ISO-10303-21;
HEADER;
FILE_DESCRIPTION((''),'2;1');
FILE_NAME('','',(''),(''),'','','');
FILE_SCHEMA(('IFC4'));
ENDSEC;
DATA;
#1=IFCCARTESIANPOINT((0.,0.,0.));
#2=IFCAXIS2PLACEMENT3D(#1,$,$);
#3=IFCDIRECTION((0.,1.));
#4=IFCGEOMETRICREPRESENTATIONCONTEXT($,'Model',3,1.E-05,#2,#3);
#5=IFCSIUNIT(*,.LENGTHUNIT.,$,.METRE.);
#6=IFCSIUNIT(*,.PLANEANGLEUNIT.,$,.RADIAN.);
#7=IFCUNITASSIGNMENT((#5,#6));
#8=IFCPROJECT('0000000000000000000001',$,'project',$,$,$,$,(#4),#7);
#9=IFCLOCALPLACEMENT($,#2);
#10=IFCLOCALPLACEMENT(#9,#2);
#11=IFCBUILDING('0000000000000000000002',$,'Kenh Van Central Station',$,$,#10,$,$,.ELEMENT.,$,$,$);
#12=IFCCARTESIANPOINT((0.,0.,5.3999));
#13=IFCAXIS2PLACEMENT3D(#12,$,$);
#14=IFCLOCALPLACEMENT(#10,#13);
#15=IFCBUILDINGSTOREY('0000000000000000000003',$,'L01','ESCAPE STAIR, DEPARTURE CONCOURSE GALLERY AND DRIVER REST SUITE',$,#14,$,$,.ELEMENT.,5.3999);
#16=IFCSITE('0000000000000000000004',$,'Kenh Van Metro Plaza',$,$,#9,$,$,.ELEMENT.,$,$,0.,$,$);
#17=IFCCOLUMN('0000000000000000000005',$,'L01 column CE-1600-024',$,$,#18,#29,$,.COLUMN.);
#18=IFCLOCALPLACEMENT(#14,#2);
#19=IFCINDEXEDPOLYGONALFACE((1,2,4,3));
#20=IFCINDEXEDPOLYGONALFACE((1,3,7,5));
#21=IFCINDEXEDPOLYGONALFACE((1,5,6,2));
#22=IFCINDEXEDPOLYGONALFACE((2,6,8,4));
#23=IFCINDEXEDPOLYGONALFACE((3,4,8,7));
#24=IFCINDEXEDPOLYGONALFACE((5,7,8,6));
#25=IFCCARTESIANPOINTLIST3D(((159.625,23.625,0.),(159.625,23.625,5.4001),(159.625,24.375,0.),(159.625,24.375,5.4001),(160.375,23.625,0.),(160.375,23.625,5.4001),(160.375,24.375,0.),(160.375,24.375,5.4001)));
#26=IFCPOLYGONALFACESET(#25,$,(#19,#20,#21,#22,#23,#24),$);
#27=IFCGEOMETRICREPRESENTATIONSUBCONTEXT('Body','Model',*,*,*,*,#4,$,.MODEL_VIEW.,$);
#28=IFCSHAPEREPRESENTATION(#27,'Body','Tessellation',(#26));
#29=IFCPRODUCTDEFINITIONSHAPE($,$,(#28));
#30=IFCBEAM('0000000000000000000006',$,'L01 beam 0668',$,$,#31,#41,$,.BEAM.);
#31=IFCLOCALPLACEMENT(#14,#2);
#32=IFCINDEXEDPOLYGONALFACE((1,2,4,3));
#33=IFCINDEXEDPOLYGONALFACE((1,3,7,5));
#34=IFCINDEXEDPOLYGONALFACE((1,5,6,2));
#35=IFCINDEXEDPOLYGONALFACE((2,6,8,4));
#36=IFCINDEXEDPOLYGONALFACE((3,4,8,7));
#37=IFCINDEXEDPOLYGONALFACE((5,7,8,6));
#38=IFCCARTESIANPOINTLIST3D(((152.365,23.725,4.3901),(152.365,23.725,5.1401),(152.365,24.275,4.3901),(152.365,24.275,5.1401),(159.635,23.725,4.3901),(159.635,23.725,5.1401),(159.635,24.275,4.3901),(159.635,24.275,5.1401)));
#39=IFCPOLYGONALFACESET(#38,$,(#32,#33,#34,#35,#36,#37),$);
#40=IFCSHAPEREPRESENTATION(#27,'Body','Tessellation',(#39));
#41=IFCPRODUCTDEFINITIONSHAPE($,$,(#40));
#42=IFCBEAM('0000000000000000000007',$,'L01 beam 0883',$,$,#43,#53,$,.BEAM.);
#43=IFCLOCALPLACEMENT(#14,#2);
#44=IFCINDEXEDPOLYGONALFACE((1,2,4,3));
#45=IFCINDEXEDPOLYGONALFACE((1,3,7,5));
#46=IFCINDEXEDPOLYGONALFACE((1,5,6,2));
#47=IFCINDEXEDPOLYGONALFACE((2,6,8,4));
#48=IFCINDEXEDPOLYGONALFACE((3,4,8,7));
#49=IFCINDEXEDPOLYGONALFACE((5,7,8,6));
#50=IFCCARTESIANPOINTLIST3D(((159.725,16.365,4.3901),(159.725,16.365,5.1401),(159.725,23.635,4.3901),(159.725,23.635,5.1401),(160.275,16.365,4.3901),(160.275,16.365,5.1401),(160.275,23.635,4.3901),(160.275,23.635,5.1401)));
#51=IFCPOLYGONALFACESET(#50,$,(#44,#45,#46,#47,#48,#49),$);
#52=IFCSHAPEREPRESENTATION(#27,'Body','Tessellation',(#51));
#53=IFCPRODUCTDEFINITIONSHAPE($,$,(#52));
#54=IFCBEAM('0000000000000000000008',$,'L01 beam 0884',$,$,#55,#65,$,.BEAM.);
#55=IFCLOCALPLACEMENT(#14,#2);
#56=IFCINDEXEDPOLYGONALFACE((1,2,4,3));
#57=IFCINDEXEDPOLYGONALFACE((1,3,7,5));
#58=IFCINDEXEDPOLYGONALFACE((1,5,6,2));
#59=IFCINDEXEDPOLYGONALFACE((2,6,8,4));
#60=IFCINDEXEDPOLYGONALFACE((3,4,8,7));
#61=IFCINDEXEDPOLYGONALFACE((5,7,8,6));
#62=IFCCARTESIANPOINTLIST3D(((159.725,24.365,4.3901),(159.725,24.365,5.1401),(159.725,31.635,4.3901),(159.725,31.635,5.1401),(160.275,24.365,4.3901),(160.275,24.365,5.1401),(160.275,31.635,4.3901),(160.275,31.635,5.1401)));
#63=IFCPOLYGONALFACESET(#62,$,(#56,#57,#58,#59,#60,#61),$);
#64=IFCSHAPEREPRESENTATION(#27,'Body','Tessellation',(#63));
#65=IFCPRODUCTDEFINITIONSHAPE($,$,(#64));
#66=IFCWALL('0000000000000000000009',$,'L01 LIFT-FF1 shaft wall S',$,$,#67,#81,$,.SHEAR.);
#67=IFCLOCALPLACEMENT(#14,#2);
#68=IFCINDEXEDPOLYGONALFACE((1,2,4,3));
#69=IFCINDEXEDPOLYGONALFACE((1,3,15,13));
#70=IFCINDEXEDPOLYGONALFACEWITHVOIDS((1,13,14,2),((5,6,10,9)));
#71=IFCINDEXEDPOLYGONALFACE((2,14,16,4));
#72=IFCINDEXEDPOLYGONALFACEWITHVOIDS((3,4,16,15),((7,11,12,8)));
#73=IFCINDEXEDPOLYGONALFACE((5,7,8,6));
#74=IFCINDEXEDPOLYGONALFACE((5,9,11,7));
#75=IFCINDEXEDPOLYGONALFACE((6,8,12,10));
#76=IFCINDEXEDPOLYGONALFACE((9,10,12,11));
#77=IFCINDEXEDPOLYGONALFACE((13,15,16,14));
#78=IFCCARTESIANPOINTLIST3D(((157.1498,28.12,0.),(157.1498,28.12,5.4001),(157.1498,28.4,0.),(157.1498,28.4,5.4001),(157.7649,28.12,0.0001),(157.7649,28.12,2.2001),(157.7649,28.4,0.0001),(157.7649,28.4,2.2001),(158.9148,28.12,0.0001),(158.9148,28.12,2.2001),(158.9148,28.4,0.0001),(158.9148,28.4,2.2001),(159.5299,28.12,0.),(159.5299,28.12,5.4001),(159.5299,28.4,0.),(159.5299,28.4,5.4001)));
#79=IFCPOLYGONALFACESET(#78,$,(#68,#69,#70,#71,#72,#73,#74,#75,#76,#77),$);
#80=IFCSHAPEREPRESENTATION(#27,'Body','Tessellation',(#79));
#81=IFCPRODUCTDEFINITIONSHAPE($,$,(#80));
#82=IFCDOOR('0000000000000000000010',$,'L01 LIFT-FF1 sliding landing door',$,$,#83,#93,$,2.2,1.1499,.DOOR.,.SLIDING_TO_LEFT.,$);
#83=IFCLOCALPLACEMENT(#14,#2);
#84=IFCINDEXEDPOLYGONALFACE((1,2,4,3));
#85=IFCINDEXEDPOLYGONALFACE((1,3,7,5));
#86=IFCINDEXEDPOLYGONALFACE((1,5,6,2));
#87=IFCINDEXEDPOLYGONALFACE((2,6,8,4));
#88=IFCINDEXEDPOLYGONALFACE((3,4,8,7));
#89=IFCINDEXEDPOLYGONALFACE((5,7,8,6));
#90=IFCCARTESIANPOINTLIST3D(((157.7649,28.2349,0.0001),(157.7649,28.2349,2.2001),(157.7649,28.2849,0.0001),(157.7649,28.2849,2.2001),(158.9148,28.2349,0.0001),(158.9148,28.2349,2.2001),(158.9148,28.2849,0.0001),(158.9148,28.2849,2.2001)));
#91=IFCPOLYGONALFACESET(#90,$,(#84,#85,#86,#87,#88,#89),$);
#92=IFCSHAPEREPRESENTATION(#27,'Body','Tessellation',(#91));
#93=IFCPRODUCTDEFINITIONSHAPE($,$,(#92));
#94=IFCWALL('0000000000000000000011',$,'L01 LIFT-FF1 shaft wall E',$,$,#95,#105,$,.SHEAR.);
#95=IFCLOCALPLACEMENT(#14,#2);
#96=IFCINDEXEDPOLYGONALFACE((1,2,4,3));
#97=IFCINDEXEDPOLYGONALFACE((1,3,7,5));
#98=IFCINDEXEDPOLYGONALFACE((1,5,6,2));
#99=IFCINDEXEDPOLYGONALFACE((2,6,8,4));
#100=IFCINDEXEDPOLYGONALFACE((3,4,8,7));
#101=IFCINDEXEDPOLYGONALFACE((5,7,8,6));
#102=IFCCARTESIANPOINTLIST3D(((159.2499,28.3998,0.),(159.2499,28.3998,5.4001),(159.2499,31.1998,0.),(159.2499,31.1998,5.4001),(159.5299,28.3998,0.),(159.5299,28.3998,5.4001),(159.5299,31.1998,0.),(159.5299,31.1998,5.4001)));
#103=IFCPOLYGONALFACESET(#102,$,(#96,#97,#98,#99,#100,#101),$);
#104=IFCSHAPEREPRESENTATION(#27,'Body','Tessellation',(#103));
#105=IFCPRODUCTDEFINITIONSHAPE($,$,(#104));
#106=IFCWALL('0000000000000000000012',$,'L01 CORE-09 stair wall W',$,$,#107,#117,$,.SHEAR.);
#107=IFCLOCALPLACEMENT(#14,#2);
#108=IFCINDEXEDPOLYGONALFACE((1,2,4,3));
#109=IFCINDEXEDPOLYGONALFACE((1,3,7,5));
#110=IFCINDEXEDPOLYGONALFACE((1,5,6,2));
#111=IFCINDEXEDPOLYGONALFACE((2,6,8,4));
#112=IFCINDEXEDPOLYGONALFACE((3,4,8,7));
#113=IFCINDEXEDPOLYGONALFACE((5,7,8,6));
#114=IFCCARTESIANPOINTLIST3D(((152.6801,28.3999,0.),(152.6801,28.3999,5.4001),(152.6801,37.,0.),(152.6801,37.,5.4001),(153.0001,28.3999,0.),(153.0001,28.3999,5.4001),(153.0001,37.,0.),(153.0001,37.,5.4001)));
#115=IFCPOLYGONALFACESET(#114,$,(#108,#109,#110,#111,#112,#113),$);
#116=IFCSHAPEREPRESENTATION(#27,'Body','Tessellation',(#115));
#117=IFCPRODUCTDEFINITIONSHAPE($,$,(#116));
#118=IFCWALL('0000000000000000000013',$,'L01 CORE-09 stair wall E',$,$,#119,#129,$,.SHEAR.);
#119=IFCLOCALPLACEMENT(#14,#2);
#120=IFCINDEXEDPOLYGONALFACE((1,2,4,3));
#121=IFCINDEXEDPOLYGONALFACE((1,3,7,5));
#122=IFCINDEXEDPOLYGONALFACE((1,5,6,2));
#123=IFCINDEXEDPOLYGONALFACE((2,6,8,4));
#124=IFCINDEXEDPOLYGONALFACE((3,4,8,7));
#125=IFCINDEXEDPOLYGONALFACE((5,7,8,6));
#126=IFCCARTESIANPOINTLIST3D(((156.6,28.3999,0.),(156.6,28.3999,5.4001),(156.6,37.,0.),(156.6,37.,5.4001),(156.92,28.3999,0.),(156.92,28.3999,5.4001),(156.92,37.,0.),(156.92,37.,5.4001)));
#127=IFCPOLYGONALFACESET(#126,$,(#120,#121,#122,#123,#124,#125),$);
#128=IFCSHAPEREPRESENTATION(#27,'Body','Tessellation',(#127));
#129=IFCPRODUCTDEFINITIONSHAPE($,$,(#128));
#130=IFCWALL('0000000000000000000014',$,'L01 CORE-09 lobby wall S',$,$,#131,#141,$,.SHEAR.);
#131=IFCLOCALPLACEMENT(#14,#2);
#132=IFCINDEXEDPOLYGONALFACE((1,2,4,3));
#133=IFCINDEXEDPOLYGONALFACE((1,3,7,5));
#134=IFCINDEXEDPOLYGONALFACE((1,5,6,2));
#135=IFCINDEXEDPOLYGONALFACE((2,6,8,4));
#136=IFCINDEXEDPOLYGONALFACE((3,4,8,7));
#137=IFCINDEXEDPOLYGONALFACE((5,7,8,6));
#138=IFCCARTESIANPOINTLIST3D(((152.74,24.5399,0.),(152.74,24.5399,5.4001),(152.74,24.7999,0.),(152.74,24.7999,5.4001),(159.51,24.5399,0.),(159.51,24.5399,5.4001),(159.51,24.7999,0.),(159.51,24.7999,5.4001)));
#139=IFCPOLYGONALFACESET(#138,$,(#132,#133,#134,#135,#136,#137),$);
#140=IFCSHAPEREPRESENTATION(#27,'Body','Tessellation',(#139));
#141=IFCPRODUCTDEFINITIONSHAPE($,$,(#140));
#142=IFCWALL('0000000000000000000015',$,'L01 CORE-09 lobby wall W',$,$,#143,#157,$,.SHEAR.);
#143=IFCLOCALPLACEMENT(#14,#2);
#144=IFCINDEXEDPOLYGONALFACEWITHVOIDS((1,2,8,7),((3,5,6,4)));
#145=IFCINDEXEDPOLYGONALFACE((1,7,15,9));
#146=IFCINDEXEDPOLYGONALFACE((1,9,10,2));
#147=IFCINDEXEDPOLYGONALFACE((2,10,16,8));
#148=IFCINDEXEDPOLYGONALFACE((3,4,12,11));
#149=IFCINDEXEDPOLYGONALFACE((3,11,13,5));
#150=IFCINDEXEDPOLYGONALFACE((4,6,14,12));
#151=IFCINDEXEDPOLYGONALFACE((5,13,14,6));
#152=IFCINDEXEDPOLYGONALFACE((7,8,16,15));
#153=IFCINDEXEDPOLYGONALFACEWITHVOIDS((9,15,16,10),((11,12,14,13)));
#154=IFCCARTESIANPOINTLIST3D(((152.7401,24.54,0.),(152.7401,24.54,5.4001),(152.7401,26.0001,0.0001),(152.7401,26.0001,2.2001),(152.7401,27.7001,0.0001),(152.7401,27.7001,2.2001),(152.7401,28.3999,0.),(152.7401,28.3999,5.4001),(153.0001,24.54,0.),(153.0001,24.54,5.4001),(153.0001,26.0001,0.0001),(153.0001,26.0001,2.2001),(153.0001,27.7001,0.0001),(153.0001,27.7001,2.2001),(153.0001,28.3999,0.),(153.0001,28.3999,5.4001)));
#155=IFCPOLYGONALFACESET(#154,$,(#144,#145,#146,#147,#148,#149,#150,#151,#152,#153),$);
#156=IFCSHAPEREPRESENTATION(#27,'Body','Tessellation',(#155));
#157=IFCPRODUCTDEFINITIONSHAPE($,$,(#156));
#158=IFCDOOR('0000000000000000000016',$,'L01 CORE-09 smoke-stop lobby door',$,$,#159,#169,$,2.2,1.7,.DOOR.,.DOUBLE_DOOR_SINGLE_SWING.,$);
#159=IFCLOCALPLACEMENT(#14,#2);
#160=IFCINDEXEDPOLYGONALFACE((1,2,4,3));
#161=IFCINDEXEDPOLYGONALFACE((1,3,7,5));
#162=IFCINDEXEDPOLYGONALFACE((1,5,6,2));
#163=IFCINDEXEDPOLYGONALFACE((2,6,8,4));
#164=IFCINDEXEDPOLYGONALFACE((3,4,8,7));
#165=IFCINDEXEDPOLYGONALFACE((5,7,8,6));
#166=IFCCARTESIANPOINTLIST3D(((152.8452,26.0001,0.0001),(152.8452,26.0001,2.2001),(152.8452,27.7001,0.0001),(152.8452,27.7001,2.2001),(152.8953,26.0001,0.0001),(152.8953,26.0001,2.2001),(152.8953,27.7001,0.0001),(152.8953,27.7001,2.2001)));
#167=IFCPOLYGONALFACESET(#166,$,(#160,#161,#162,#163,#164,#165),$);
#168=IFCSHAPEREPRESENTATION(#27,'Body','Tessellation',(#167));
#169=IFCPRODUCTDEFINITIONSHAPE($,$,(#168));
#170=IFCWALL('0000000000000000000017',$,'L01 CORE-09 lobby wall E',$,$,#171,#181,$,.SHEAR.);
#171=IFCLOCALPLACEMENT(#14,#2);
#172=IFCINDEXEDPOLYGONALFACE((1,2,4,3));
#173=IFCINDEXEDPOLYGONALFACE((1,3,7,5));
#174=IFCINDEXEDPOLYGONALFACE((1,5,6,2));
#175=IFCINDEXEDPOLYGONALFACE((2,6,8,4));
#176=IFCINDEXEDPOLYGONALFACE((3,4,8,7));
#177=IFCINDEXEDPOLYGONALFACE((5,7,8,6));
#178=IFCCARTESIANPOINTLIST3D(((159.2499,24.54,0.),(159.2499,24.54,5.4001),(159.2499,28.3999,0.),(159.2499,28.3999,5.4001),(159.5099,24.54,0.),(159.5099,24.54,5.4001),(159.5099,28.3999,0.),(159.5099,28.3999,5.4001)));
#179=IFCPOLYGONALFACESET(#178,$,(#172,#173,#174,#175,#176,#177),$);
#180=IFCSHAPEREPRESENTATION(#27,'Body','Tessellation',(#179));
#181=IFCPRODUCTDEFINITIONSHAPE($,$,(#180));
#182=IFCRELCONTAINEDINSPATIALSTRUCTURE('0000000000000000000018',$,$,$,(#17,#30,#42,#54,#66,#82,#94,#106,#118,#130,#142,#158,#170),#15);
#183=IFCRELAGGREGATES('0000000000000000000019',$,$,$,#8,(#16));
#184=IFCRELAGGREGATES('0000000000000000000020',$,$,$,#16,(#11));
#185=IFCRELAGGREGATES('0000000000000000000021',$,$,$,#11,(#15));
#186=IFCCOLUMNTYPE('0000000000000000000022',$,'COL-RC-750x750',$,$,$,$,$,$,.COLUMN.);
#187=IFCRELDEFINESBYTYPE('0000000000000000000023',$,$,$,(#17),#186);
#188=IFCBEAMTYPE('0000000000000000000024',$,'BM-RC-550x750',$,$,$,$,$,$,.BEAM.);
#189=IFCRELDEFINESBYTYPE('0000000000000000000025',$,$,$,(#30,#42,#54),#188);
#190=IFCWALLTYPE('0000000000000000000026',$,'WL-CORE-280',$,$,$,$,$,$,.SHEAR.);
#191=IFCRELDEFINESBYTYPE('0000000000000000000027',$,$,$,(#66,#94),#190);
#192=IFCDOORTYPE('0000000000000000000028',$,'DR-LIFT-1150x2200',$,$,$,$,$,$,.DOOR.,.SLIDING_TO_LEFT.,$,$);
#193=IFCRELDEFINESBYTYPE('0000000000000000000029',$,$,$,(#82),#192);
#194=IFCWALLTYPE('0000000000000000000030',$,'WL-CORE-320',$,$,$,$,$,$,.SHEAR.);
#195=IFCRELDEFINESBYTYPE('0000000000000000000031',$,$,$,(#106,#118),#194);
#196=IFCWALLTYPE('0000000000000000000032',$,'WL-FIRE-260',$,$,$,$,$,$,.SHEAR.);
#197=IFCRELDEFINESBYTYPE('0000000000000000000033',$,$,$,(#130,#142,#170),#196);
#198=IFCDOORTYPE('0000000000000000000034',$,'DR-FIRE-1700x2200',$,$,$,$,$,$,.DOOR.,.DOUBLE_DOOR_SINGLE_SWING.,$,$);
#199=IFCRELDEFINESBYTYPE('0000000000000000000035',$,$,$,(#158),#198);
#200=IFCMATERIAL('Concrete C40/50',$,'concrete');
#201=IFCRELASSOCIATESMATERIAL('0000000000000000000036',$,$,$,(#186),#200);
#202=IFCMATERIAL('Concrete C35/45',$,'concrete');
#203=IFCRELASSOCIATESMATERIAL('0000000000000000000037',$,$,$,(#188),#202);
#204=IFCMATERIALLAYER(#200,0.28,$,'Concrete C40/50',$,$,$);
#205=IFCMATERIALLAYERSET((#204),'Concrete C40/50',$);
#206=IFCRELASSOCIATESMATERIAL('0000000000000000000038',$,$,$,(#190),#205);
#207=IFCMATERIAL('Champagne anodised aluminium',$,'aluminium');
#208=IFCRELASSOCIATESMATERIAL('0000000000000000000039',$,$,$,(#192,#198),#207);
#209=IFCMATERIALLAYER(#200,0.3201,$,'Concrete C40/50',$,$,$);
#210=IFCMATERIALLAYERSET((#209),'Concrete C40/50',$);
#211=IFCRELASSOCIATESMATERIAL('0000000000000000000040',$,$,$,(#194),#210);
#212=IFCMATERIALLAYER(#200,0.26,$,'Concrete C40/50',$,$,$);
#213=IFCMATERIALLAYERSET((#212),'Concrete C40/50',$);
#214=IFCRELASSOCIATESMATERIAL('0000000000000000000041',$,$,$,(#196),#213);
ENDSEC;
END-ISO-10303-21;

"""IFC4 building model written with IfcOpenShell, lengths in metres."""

from ifc_helpers import new_model, si_unit, direction, frame, frame_2d, origin, origin_2d, place, context, subcontext, project, spatial, rectangle, extrude, material, layer, layer_set, material_profile, profile_set, type_object, element, fill, save


model = new_model("IFC4")

# Units and contexts
model_context = context("Model", 3, precision=1e-05, world=origin(), true_north=direction((0.0, 1.0)))
body_context = subcontext(model_context, "Body", "Model", "MODEL_VIEW")
ifc_project = project(units=[si_unit("LENGTHUNIT", "METRE"), si_unit("PLANEANGLEUNIT", "RADIAN")], contexts=[model_context])

# Site, building, storey
site_placement = place(None, origin())
site = spatial("IfcSite", under=ifc_project, at=site_placement, Name="Kenh Van Metro Plaza", CompositionType="ELEMENT", RefElevation=0.0)
building_placement = place(site_placement, origin())
building = spatial("IfcBuilding", under=site, at=building_placement, Name="Kenh Van Central Station", CompositionType="ELEMENT")
storey_placement = place(building_placement, frame((0.0, 0.0, 5.3999)))
storey = spatial("IfcBuildingStorey", under=building, at=storey_placement, Name="L01", Description="ESCAPE STAIR, DEPARTURE CONCOURSE GALLERY AND DRIVER REST SUITE", CompositionType="ELEMENT", Elevation=5.3999)

# Column
ifc_material_1 = material(Name="Concrete C40/50", Category="concrete")
ifc_material_profile_1 = material_profile(ifc_material_1, rectangle(XDim=0.75, YDim=0.75, at=origin_2d()), Name="RC 750x750")
ifc_profile_set_1 = profile_set([ifc_material_profile_1], Name="Concrete C40/50")
column_type = type_object("IfcColumnType", Name="COL-RC-750x750", PredefinedType="COLUMN", material=ifc_profile_set_1)
column_placement = place(storey_placement, frame((160.0, 24.0, 0.0), z_axis=(0.0, 0.0, 1.0), x_axis=(1.0, 0.0, 0.0)))
element("IfcColumn", 1, at=column_placement, inside=storey, type_object=column_type, Name="L01 column CE-1600-024", PredefinedType="COLUMN", context=body_context, shape_type="SweptSolid", body=[
    extrude(rectangle(XDim=0.75, YDim=0.75, at=origin_2d()), origin(), (0.0, 0.0, 1.0), 5.4001),
])

# Beams
ifc_material_2 = material(Name="Concrete C35/45", Category="concrete")
ifc_material_profile_2 = material_profile(ifc_material_2, rectangle(XDim=0.55, YDim=0.75, at=origin_2d()), Name="RC 550x750")
ifc_profile_set_2 = profile_set([ifc_material_profile_2], Name="Concrete C35/45")
beam_type = type_object("IfcBeamType", Name="BM-RC-550x750", PredefinedType="BEAM", material=ifc_profile_set_2)
for number, where, z_axis, x_axis, name in (
    (2, (152.365, 24.0, 4.7651), (1.0, 0.0, 0.0), (0.0, 1.0, 0.0), "L01 beam 0668"),
    (3, (160.0, 16.365, 4.7651), (0.0, 1.0, 0.0), (-1.0, 0.0, 0.0), "L01 beam 0883"),
    (4, (160.0, 24.365, 4.7651), (0.0, 1.0, 0.0), (-1.0, 0.0, 0.0), "L01 beam 0884"),
):
    element("IfcBeam", number, at=place(storey_placement, frame(where, z_axis=z_axis, x_axis=x_axis)), inside=storey, type_object=beam_type, Name=name, PredefinedType="BEAM", context=body_context, shape_type="SweptSolid", body=[
        extrude(rectangle(XDim=0.55, YDim=0.75, at=origin_2d()), origin(), (0.0, 0.0, 1.0), 7.27),
    ])

# Wall, opening, door
ifc_layer_1 = layer(ifc_material_1, 0.28, Name="Concrete C40/50")
ifc_layer_set_1 = layer_set([ifc_layer_1], Name="Concrete C40/50")
wall_type_1 = type_object("IfcWallType", Name="WL-CORE-280", PredefinedType="SHEAR", material=ifc_layer_set_1)
wall_1_placement = place(storey_placement, frame((157.1499, 28.26, 0.0), z_axis=(0.0, 0.0, 1.0), x_axis=(1.0, 0.0, 0.0)))
wall_1 = element("IfcWall", 5, at=wall_1_placement, inside=storey, type_object=wall_type_1, Name="L01 LIFT-FF1 shaft wall S", PredefinedType="SHEAR", context=body_context, shape_type="SweptSolid", body=[
    extrude(rectangle(XDim=2.3801, YDim=0.28, at=frame_2d((1.1899, 0.0))), origin(), (0.0, 0.0, 1.0), 5.4001),
])
opening_1_placement = place(wall_1_placement, frame((0.615, 0.0, 0.0)))
opening_1 = element("IfcOpeningElement", 6, at=opening_1_placement, cuts=wall_1, PredefinedType="OPENING", context=body_context, shape_type="SweptSolid", body=[
    extrude(rectangle(XDim=1.1499, YDim=2.2, at=frame_2d((0.575, 1.1001))), frame((0.0, 0.1499, 0.0), z_axis=(0.0, -1.0, 0.0), x_axis=(1.0, 0.0, 0.0)), (0.0, 0.0, 1.0), 0.3),
])
ifc_material_3 = material(Name="Champagne anodised aluminium", Category="aluminium")
door_type_1 = type_object("IfcDoorType", Name="DR-LIFT-1150x2200", OperationType="SLIDING_TO_LEFT", PredefinedType="DOOR", material=ifc_material_3)
door_1_placement = place(opening_1_placement, origin())
door_1 = element("IfcDoor", 7, at=door_1_placement, inside=storey, type_object=door_type_1, Name="L01 LIFT-FF1 sliding landing door", OperationType="SLIDING_TO_LEFT", OverallHeight=2.2, OverallWidth=1.1499, PredefinedType="DOOR", context=body_context, shape_type="SweptSolid", body=[
    extrude(rectangle(XDim=1.1499, YDim=2.2, at=frame_2d((0.575, 1.1001))), frame((0.0, 0.0249, 0.0), z_axis=(0.0, -1.0, 0.0), x_axis=(1.0, 0.0, 0.0)), (0.0, 0.0, 1.0), 0.05),
])
fill(opening_1, door_1)

# Wall
wall_2_placement = place(storey_placement, frame((159.3899, 28.3999, 0.0), z_axis=(0.0, 0.0, 1.0), x_axis=(0.0, 1.0, 0.0)))
element("IfcWall", 8, at=wall_2_placement, inside=storey, type_object=wall_type_1, Name="L01 LIFT-FF1 shaft wall E", PredefinedType="SHEAR", context=body_context, shape_type="SweptSolid", body=[
    extrude(rectangle(XDim=2.8, YDim=0.28, at=frame_2d((1.3999, 0.0))), origin(), (0.0, 0.0, 1.0), 5.4001),
])

# Shared definitions
ifc_layer_2 = layer(ifc_material_1, 0.3201, Name="Concrete C40/50")
ifc_layer_set_2 = layer_set([ifc_layer_2], Name="Concrete C40/50")
wall_type_2 = type_object("IfcWallType", Name="WL-CORE-320", PredefinedType="SHEAR", material=ifc_layer_set_2)

# Walls
for number, where, z_axis, x_axis, name in (
    (9, (152.8401, 28.3999, 0.0), (0.0, 0.0, 1.0), (0.0, 1.0, 0.0), "L01 CORE-09 stair wall W"),
    (10, (156.76, 28.3999, 0.0), (0.0, 0.0, 1.0), (0.0, 1.0, 0.0), "L01 CORE-09 stair wall E"),
):
    element("IfcWall", number, at=place(storey_placement, frame(where, z_axis=z_axis, x_axis=x_axis)), inside=storey, type_object=wall_type_2, Name=name, PredefinedType="SHEAR", context=body_context, shape_type="SweptSolid", body=[
        extrude(rectangle(XDim=8.6001, YDim=0.3201, at=frame_2d((4.3, 0.0))), origin(), (0.0, 0.0, 1.0), 5.4001),
    ])
ifc_layer_3 = layer(ifc_material_1, 0.26, Name="Concrete C40/50")
ifc_layer_set_3 = layer_set([ifc_layer_3], Name="Concrete C40/50")
wall_type_3 = type_object("IfcWallType", Name="WL-FIRE-260", PredefinedType="SHEAR", material=ifc_layer_set_3)
wall_3_placement = place(storey_placement, frame((159.51, 24.6699, 0.0), z_axis=(0.0, 0.0, 1.0), x_axis=(-1.0, 0.0, 0.0)))
element("IfcWall", 11, at=wall_3_placement, inside=storey, type_object=wall_type_3, Name="L01 CORE-09 lobby wall S", PredefinedType="SHEAR", context=body_context, shape_type="SweptSolid", body=[
    extrude(rectangle(XDim=6.77, YDim=0.26, at=frame_2d((3.385, 0.0))), origin(), (0.0, 0.0, 1.0), 5.4001),
])

# Wall, opening, door
wall_4_placement = place(storey_placement, frame((152.8701, 24.54, 0.0), z_axis=(0.0, 0.0, 1.0), x_axis=(0.0, 1.0, 0.0)))
wall_4 = element("IfcWall", 12, at=wall_4_placement, inside=storey, type_object=wall_type_3, Name="L01 CORE-09 lobby wall W", PredefinedType="SHEAR", context=body_context, shape_type="SweptSolid", body=[
    extrude(rectangle(XDim=3.8599, YDim=0.26, at=frame_2d((1.9299, 0.0))), origin(), (0.0, 0.0, 1.0), 5.4001),
])
opening_2_placement = place(wall_4_placement, frame((1.46, 0.0, 0.0)))
opening_2 = element("IfcOpeningElement", 13, at=opening_2_placement, cuts=wall_4, PredefinedType="OPENING", context=body_context, shape_type="SweptSolid", body=[
    extrude(rectangle(XDim=1.7, YDim=2.2, at=frame_2d((0.8501, 1.1001))), frame((0.0, 0.1399, 0.0), z_axis=(0.0, -1.0, 0.0), x_axis=(1.0, 0.0, 0.0)), (0.0, 0.0, 1.0), 0.28),
])
door_type_2 = type_object("IfcDoorType", Name="DR-FIRE-1700x2200", OperationType="DOUBLE_DOOR_SINGLE_SWING", PredefinedType="DOOR", material=ifc_material_3)
door_2_placement = place(opening_2_placement, origin())
door_2 = element("IfcDoor", 14, at=door_2_placement, inside=storey, type_object=door_type_2, Name="L01 CORE-09 smoke-stop lobby door", OperationType="DOUBLE_DOOR_SINGLE_SWING", OverallHeight=2.2, OverallWidth=1.7, PredefinedType="DOOR", context=body_context, shape_type="SweptSolid", body=[
    extrude(rectangle(XDim=1.7, YDim=2.2, at=frame_2d((0.8501, 1.1001))), frame((0.0, 0.0249, 0.0), z_axis=(0.0, -1.0, 0.0), x_axis=(1.0, 0.0, 0.0)), (0.0, 0.0, 1.0), 0.05),
])
fill(opening_2, door_2)

# Wall
wall_5_placement = place(storey_placement, frame((159.3799, 24.54, 0.0), z_axis=(0.0, 0.0, 1.0), x_axis=(0.0, 1.0, 0.0)))
element("IfcWall", 15, at=wall_5_placement, inside=storey, type_object=wall_type_3, Name="L01 CORE-09 lobby wall E", PredefinedType="SHEAR", context=body_context, shape_type="SweptSolid", body=[
    extrude(rectangle(XDim=3.8599, YDim=0.26, at=frame_2d((1.9299, 0.0))), origin(), (0.0, 0.0, 1.0), 5.4001),
])

save(model, "model.ifc")
